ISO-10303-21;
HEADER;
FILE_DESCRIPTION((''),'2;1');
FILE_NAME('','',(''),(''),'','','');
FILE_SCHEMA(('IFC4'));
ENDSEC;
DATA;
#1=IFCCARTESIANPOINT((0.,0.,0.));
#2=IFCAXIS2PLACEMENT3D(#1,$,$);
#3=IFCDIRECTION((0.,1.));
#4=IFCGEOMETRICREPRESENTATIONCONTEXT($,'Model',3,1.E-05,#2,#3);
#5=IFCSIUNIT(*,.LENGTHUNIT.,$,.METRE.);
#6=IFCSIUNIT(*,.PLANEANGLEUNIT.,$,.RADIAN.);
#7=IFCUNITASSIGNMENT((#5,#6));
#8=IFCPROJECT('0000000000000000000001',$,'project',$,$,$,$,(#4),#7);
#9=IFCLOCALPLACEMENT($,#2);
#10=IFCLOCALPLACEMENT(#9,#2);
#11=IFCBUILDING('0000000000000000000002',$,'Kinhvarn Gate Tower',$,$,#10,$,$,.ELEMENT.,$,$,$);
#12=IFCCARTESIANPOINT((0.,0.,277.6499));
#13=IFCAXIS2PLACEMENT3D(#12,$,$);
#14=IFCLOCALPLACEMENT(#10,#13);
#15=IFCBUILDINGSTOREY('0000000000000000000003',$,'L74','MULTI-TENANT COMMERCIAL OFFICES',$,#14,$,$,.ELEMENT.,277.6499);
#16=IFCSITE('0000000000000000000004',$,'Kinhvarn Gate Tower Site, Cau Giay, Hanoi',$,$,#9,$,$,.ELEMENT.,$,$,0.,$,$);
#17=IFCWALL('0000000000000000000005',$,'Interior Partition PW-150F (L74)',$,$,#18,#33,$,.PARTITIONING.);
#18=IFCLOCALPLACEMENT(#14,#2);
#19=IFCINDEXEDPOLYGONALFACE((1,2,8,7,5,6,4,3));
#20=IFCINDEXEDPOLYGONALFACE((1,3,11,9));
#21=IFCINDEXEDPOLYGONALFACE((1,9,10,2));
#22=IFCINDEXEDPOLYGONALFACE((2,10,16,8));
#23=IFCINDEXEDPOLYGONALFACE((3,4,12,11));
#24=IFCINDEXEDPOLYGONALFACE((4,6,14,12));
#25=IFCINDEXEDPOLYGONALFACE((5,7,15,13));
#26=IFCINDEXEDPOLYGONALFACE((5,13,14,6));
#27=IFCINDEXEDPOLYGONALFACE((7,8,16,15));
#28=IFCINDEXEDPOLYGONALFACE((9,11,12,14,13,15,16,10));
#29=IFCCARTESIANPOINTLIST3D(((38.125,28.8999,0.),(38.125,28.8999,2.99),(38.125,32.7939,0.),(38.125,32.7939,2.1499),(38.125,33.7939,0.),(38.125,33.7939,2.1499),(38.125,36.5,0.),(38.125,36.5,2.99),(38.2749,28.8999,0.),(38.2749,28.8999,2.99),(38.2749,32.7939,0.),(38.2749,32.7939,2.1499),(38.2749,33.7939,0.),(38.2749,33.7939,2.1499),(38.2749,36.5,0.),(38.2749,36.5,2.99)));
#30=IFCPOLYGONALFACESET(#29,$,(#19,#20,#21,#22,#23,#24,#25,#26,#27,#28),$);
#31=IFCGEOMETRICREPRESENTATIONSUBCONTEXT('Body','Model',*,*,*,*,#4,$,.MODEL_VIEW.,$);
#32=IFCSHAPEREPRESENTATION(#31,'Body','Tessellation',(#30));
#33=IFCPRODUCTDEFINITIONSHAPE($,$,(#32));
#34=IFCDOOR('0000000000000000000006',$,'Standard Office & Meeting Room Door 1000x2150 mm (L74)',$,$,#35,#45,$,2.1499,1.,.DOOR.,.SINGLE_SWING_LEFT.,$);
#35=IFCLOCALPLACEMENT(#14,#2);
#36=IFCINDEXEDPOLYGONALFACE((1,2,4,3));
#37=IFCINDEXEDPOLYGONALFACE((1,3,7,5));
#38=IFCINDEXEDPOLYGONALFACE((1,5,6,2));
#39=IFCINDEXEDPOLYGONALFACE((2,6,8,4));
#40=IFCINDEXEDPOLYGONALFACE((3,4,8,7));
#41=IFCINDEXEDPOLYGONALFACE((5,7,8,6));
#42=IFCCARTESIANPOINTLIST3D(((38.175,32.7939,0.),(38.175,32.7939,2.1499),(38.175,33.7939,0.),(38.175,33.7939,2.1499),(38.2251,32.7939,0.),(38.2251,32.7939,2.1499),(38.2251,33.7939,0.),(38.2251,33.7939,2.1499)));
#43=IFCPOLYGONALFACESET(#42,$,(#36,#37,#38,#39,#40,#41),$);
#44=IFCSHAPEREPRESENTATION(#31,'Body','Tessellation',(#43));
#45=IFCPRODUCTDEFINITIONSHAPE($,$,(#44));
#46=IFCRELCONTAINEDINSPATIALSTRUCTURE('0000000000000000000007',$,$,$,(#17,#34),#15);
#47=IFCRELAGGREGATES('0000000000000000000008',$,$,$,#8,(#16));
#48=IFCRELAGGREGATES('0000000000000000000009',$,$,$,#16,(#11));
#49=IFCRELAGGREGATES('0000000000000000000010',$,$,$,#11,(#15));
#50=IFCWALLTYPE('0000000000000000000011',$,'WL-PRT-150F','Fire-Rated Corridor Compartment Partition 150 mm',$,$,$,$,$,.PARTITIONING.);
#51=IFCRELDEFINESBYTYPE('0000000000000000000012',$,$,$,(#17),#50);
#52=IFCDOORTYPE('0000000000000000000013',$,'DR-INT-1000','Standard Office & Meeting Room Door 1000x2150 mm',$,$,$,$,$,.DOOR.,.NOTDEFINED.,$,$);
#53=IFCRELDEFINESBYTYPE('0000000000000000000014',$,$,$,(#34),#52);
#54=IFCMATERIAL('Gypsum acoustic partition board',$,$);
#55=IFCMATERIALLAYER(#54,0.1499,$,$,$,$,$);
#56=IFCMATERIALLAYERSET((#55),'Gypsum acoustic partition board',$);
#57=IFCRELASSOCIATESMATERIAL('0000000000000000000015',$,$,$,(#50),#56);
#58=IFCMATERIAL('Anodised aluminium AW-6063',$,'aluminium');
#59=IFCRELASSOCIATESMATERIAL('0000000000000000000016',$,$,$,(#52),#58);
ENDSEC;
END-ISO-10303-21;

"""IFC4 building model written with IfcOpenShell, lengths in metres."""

from ifc_helpers import new_model, si_unit, direction, frame, frame_2d, origin, place, context, subcontext, project, spatial, rectangle, extrude, material, layer, layer_set, type_object, element, fill, save


model = new_model("IFC4")

# Units and contexts
model_context = context("Model", 3, precision=1e-05, world=origin(), true_north=direction((0.0, 1.0)))
body_context = subcontext(model_context, "Body", "Model", "MODEL_VIEW")
ifc_project = project(units=[si_unit("LENGTHUNIT", "METRE"), si_unit("PLANEANGLEUNIT", "RADIAN")], contexts=[model_context])

# Site, building, storey
site_placement = place(None, origin())
site = spatial("IfcSite", under=ifc_project, at=site_placement, Name="Kinhvarn Gate Tower Site, Cau Giay, Hanoi", CompositionType="ELEMENT", RefElevation=0.0)
building_placement = place(site_placement, origin())
building = spatial("IfcBuilding", under=site, at=building_placement, Name="Kinhvarn Gate Tower", CompositionType="ELEMENT")
storey_placement = place(building_placement, frame((0.0, 0.0, 277.6499)))
storey = spatial("IfcBuildingStorey", under=building, at=storey_placement, Name="L74", Description="MULTI-TENANT COMMERCIAL OFFICES", CompositionType="ELEMENT", Elevation=277.6499)

# Shared definitions
ifc_material_1 = material(Name="Anodised aluminium AW-6063", Category="aluminium")

# Shared definitions
ifc_material_2 = material(Name="Gypsum acoustic partition board")

# Wall, opening, door
ifc_layer_1 = layer(ifc_material_2, 0.1499)
ifc_layer_set_1 = layer_set([ifc_layer_1], Name="Gypsum acoustic partition board")
wall_type_1 = type_object("IfcWallType", Name="WL-PRT-150F", Description="Fire-Rated Corridor Compartment Partition 150 mm", PredefinedType="PARTITIONING", material=ifc_layer_set_1)
wall_1_placement = place(storey_placement, frame((38.2, 28.8999, 0.0), z_axis=(0.0, 0.0, 1.0), x_axis=(0.0, 1.0, 0.0)))
wall_1 = element("IfcWall", 1, at=wall_1_placement, inside=storey, type_object=wall_type_1, Name="Interior Partition PW-150F (L74)", PredefinedType="PARTITIONING", context=body_context, shape_type="SweptSolid", body=[
    extrude(rectangle(XDim=7.6001, YDim=0.1499, at=frame_2d((3.8, 0.0))), origin(), (0.0, 0.0, 1.0), 2.99),
])
opening_placement = place(wall_1_placement, frame((3.894, 0.0, 0.0)))
opening = element("IfcOpeningElement", 2, at=opening_placement, cuts=wall_1, PredefinedType="OPENING", context=body_context, shape_type="SweptSolid", body=[
    extrude(rectangle(XDim=1.0, YDim=2.1499, at=frame_2d((0.5, 1.075))), frame((0.0, 0.085, 0.0), z_axis=(0.0, -1.0, 0.0), x_axis=(1.0, 0.0, 0.0)), (0.0, 0.0, 1.0), 0.1699),
])
door_type = type_object("IfcDoorType", Name="DR-INT-1000", Description="Standard Office & Meeting Room Door 1000x2150 mm", OperationType="NOTDEFINED", PredefinedType="DOOR", material=ifc_material_1)
door_placement = place(opening_placement, origin())
door = element("IfcDoor", 3, at=door_placement, inside=storey, type_object=door_type, Name="Standard Office & Meeting Room Door 1000x2150 mm (L74)", OperationType="SINGLE_SWING_LEFT", OverallHeight=2.1499, OverallWidth=1.0, PredefinedType="DOOR", context=body_context, shape_type="SweptSolid", body=[
    extrude(rectangle(XDim=1.0, YDim=2.1499, at=frame_2d((0.5, 1.075))), frame((0.0, 0.0249, 0.0), z_axis=(0.0, -1.0, 0.0), x_axis=(1.0, 0.0, 0.0)), (0.0, 0.0, 1.0), 0.05),
])
fill(opening, door)

save(model, "model.ifc")
